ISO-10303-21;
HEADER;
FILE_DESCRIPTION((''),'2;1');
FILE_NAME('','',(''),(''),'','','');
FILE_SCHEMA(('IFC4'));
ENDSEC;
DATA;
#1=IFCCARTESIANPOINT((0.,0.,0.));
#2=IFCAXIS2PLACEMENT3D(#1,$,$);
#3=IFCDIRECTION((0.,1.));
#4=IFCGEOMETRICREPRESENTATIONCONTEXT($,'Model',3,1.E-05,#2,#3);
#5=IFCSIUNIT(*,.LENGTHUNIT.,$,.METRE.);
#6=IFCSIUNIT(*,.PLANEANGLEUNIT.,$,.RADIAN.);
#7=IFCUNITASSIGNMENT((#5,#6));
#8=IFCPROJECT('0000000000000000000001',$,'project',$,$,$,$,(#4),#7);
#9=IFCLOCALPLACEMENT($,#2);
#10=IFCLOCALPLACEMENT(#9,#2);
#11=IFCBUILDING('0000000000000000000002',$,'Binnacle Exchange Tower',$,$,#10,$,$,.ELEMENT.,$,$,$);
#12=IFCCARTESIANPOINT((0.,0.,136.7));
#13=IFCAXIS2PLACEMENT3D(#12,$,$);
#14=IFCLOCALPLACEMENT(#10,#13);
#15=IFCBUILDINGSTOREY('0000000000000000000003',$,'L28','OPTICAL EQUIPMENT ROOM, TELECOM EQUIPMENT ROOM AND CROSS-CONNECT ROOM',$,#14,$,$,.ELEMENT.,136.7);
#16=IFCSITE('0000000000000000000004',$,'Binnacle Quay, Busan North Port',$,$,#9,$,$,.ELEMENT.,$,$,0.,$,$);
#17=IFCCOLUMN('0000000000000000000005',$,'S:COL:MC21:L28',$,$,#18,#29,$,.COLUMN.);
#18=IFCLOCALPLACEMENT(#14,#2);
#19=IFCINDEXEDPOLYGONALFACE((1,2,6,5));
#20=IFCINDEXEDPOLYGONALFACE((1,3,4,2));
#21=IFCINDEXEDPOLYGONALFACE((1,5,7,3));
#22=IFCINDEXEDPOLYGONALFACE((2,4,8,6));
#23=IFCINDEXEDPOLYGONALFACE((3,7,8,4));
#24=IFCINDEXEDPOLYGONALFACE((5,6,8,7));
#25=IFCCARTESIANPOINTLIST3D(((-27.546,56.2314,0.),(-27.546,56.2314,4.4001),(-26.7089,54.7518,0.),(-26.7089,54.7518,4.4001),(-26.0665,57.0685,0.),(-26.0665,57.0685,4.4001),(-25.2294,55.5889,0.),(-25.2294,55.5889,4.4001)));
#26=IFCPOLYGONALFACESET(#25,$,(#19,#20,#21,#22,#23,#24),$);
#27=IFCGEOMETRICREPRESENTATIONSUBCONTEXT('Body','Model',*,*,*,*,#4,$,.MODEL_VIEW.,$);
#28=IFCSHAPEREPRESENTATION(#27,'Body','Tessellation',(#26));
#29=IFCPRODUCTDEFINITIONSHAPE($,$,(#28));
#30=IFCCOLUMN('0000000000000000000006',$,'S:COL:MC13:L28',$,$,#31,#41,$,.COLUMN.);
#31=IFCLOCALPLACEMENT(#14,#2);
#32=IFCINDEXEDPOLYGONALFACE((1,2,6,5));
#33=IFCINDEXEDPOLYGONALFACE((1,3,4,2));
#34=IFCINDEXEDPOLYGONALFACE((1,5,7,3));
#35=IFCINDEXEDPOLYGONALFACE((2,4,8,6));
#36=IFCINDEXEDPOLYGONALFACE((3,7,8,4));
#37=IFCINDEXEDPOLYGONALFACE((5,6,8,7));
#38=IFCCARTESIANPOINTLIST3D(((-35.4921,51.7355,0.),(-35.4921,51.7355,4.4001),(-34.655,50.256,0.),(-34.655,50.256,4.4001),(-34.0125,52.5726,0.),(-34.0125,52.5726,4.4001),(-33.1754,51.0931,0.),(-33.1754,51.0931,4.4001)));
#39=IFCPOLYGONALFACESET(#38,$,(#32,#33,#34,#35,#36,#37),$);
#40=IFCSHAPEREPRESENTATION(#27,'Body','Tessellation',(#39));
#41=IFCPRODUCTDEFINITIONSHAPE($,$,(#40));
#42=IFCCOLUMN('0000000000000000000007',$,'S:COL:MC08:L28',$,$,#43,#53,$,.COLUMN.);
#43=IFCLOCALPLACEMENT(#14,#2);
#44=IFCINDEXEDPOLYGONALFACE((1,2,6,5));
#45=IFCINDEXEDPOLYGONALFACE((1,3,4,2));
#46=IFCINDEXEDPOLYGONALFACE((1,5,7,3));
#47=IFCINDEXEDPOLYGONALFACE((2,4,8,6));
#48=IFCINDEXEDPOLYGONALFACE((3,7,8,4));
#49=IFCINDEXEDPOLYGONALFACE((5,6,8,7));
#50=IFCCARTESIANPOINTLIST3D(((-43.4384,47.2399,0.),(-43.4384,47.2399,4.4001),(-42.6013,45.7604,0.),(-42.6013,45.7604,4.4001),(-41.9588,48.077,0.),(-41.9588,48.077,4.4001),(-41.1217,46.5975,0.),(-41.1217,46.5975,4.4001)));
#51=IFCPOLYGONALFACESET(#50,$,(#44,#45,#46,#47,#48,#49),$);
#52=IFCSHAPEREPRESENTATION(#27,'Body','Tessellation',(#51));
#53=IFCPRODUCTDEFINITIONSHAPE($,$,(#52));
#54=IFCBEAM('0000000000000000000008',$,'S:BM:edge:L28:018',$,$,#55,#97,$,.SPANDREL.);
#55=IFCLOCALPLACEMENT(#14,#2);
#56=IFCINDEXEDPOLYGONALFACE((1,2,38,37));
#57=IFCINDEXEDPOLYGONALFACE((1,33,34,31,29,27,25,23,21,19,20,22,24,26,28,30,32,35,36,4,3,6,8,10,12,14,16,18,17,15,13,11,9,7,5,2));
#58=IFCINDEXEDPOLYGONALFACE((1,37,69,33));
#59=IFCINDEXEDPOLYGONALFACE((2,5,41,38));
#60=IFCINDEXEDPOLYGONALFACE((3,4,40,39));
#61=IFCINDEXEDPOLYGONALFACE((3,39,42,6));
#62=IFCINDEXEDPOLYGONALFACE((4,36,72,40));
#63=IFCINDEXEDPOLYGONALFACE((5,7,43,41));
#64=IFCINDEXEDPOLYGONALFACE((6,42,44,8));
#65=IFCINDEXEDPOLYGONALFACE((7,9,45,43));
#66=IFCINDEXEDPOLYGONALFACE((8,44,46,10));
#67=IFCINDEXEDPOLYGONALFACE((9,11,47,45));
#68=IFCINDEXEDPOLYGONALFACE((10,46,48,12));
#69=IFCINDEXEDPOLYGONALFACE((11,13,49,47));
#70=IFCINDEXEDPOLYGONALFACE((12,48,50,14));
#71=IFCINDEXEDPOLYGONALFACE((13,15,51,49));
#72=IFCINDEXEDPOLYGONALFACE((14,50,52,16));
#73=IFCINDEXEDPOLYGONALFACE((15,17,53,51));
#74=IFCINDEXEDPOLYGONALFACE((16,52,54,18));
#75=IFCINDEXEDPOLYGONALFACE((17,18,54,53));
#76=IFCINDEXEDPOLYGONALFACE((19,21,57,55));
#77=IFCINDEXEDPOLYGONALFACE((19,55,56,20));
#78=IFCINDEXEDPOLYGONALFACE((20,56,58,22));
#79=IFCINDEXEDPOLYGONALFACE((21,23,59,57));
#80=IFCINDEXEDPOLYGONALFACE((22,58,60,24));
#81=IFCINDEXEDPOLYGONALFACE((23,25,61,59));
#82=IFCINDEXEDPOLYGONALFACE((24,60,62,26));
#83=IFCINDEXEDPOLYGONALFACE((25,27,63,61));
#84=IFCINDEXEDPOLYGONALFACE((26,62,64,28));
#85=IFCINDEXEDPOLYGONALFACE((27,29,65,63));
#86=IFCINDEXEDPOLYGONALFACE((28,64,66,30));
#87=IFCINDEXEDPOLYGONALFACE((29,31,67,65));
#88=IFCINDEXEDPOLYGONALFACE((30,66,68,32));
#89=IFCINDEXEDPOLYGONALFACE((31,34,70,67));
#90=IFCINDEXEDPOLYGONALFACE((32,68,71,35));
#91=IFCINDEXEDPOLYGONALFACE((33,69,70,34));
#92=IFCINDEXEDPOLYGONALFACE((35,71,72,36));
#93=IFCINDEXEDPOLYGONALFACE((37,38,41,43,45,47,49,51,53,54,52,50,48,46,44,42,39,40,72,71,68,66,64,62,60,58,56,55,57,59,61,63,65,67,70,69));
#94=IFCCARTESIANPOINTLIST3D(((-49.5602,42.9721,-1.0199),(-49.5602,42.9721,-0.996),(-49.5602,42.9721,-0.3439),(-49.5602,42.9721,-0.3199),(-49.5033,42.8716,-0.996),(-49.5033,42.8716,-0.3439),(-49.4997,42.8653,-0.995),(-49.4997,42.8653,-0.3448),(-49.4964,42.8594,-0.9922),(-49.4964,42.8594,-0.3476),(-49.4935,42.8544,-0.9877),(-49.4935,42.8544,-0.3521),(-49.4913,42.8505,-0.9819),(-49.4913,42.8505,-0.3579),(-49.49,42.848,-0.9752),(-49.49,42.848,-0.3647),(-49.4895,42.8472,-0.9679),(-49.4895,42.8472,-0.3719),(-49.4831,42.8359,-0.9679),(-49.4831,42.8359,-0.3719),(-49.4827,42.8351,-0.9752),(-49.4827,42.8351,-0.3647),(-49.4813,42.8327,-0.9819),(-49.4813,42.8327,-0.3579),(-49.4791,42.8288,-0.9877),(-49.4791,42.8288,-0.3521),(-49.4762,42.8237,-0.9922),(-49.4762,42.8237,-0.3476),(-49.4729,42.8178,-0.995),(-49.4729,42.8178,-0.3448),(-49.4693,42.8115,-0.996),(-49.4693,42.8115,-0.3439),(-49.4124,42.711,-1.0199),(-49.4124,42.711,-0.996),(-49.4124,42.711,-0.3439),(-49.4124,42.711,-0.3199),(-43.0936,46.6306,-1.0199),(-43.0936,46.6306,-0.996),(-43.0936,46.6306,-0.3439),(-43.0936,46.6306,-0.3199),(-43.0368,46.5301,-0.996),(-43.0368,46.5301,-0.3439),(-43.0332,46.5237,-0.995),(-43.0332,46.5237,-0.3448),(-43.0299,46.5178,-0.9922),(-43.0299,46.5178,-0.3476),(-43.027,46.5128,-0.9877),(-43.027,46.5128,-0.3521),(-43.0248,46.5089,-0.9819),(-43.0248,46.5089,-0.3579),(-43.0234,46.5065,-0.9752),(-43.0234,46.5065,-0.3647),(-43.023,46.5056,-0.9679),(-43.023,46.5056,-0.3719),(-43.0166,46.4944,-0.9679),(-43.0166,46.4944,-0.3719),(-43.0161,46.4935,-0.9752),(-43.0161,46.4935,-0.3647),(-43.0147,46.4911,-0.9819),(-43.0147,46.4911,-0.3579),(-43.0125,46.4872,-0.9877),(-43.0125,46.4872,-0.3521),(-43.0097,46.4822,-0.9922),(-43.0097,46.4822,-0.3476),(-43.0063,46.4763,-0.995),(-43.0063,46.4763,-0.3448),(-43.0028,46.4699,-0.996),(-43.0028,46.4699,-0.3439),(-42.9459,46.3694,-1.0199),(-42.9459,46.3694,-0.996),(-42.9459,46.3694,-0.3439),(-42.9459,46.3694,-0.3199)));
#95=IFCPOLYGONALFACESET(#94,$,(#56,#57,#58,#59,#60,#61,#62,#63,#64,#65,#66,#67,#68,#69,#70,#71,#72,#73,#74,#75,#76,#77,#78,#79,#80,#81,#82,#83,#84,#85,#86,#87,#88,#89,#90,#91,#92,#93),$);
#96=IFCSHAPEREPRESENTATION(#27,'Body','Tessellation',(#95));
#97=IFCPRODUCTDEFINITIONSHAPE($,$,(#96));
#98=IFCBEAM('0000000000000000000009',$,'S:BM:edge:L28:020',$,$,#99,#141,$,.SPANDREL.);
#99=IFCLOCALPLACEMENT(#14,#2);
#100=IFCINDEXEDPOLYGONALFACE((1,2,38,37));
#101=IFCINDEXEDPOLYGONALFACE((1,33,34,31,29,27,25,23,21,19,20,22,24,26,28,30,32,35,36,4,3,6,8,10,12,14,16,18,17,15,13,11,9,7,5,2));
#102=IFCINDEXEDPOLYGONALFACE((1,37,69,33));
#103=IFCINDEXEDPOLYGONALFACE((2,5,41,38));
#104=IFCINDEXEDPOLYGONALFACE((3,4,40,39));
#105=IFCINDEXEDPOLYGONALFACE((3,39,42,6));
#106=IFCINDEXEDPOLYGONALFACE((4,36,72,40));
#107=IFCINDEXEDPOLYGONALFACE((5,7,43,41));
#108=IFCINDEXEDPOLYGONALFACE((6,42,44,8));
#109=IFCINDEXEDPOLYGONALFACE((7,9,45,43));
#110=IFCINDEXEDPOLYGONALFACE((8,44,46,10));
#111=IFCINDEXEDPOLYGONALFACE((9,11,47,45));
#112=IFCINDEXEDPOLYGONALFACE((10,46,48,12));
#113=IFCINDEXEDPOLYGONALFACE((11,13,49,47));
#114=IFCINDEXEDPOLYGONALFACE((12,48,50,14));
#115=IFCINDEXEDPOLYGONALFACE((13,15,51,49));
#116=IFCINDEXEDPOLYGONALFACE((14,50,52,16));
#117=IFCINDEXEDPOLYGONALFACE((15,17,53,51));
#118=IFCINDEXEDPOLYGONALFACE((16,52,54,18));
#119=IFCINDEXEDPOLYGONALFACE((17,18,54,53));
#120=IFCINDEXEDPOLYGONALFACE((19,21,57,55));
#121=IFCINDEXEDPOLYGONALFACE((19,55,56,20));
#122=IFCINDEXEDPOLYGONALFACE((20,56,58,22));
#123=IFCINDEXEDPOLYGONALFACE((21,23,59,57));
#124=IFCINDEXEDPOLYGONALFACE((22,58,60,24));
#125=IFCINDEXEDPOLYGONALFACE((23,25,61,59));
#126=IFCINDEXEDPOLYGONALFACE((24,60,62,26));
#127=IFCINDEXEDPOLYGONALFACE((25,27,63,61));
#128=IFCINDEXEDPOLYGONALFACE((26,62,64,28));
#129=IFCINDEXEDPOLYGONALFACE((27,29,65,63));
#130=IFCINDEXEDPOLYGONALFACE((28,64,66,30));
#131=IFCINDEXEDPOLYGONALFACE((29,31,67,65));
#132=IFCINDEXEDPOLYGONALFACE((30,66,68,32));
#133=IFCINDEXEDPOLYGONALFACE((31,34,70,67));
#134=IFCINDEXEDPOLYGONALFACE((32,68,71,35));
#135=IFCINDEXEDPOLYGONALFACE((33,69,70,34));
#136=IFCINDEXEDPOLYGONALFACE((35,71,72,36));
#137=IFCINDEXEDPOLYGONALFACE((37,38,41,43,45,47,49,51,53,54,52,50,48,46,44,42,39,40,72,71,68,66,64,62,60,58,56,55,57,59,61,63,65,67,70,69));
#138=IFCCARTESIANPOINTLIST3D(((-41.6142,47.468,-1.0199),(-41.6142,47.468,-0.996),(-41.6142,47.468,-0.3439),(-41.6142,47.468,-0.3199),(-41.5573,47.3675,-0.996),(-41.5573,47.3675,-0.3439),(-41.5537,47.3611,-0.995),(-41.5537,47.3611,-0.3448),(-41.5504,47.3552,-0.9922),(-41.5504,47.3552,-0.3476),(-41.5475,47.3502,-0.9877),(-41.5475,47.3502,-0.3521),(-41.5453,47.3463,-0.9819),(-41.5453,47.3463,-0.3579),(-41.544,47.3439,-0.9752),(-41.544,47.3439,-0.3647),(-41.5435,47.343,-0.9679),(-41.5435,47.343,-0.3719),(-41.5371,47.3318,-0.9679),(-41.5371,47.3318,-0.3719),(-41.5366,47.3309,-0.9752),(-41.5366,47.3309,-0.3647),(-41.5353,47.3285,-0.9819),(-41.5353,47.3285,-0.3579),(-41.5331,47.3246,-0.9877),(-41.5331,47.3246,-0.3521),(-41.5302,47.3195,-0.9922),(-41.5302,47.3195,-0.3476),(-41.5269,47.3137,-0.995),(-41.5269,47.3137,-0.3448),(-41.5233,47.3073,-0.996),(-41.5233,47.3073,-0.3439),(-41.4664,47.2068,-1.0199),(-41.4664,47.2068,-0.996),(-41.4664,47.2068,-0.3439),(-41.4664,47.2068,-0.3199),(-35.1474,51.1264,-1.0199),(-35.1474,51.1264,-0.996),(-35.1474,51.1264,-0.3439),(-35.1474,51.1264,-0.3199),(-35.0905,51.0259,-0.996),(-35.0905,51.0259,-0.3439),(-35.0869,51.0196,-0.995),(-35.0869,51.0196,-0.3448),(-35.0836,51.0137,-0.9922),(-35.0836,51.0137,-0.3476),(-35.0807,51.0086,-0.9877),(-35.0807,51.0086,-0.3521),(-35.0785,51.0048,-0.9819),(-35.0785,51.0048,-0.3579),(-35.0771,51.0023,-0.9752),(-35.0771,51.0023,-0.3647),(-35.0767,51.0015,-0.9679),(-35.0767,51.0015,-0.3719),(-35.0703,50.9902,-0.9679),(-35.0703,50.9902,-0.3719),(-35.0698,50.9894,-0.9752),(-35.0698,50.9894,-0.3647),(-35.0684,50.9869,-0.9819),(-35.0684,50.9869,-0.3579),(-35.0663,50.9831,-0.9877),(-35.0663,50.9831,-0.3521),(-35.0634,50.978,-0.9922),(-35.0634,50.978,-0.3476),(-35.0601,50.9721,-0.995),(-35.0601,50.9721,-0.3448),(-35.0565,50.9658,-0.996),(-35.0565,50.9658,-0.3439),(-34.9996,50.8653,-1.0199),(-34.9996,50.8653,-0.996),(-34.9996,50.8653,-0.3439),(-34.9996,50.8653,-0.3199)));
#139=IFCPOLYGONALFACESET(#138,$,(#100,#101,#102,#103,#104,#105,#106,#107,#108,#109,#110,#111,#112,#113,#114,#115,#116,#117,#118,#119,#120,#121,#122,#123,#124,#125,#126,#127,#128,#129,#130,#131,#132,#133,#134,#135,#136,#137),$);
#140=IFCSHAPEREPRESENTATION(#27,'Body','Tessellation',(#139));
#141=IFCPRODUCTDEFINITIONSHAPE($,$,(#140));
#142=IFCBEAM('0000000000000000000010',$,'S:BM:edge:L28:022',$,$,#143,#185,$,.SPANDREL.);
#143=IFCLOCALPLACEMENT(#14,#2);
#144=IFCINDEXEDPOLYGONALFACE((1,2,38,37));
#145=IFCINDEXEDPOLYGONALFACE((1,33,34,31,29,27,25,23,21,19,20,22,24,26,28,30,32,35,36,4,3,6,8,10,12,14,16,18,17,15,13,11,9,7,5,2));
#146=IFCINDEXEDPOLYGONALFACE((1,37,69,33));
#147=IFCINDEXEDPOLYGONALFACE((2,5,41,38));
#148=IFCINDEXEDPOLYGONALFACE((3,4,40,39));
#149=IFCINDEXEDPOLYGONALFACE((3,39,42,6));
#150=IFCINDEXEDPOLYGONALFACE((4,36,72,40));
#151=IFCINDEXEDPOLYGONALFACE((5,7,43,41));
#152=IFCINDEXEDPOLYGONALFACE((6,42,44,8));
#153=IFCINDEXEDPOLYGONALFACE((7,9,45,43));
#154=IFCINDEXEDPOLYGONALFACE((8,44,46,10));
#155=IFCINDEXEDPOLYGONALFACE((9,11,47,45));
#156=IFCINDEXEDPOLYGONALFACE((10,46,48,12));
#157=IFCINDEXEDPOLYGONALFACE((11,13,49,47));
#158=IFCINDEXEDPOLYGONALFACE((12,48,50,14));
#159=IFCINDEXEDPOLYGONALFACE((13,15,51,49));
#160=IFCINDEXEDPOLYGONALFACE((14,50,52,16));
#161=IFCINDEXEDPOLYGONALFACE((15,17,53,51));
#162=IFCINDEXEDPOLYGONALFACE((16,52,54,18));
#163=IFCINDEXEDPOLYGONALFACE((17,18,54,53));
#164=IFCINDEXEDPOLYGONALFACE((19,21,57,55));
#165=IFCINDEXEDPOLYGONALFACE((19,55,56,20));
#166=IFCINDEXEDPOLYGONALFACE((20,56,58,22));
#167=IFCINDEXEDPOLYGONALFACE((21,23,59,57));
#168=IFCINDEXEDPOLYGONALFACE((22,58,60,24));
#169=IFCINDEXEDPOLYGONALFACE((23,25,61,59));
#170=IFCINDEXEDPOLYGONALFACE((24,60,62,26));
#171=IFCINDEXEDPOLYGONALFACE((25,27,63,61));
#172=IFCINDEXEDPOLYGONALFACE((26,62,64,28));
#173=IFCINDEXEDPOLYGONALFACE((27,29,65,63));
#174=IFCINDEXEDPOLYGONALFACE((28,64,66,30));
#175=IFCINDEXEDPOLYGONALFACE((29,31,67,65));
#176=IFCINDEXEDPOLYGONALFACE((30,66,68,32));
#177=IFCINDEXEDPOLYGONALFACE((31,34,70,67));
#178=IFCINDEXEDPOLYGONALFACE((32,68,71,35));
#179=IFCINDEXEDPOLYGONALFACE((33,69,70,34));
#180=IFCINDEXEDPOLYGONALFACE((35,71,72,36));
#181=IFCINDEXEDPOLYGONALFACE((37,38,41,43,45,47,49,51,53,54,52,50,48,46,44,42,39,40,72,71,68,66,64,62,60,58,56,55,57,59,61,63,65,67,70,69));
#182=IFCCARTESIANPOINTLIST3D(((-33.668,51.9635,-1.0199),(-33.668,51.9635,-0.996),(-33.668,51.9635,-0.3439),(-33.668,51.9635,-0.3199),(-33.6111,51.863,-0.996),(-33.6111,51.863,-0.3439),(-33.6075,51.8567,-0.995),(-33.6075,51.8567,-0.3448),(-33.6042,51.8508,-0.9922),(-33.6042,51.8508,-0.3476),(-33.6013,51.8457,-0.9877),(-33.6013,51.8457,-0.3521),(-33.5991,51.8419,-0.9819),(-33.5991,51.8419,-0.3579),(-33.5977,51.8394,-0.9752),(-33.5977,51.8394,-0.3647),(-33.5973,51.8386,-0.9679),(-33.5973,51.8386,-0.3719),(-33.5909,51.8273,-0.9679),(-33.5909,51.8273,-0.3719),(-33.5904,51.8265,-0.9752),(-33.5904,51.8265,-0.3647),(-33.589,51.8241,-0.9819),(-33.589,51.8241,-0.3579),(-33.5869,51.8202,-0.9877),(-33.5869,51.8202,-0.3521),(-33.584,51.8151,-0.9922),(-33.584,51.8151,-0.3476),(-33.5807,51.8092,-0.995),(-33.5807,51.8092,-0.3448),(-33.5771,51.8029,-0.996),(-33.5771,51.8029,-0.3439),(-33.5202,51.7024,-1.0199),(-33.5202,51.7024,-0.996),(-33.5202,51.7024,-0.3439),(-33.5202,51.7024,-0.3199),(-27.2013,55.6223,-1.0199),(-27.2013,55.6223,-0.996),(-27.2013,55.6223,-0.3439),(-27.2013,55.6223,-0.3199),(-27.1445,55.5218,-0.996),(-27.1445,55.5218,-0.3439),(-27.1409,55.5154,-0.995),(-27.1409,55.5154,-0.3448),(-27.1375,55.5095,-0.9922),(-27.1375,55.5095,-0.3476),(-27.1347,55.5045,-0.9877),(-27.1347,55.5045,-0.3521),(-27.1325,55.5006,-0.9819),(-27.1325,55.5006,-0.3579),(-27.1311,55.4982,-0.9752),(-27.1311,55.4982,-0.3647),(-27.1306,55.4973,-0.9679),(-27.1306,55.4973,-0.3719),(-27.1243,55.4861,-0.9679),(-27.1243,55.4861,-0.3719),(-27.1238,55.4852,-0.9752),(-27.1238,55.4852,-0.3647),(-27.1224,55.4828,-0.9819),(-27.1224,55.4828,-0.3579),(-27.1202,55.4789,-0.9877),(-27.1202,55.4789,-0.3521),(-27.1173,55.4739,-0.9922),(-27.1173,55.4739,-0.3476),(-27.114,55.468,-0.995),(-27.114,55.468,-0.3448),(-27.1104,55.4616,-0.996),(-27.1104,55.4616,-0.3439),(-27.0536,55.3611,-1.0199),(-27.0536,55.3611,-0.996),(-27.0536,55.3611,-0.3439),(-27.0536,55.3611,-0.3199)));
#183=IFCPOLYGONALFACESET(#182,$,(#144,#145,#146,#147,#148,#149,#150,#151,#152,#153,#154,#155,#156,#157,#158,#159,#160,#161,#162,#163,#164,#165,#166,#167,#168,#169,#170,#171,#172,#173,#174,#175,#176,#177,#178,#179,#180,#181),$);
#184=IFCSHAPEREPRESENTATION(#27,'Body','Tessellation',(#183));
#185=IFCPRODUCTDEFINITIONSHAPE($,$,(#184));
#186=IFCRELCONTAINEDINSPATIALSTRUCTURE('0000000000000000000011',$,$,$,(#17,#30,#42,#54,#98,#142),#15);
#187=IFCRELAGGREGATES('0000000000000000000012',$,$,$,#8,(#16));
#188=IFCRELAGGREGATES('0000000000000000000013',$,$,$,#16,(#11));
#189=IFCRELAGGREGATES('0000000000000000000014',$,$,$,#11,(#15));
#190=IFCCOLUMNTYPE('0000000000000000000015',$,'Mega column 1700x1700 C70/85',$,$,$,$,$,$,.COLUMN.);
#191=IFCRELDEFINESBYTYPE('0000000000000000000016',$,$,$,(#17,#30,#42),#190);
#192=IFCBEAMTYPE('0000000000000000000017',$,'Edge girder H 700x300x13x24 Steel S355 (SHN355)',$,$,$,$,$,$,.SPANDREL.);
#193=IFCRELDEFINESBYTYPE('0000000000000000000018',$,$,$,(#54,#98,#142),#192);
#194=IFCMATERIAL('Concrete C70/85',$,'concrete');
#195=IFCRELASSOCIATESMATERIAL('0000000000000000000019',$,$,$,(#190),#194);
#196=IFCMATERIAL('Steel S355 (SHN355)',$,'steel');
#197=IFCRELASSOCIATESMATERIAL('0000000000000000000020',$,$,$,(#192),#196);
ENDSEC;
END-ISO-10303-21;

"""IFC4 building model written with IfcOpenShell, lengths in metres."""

from ifc_helpers import new_model, si_unit, direction, frame, origin, origin_2d, place, context, subcontext, project, spatial, rectangle, i_section, extrude, material, material_profile, profile_set, type_object, element, save


model = new_model("IFC4")

# Units and contexts
model_context = context("Model", 3, precision=1e-05, world=origin(), true_north=direction((0.0, 1.0)))
body_context = subcontext(model_context, "Body", "Model", "MODEL_VIEW")
ifc_project = project(units=[si_unit("LENGTHUNIT", "METRE"), si_unit("PLANEANGLEUNIT", "RADIAN")], contexts=[model_context])

# Site, building, storey
site_placement = place(None, origin())
site = spatial("IfcSite", under=ifc_project, at=site_placement, Name="Binnacle Quay, Busan North Port", CompositionType="ELEMENT", RefElevation=0.0)
building_placement = place(site_placement, origin())
building = spatial("IfcBuilding", under=site, at=building_placement, Name="Binnacle Exchange Tower", CompositionType="ELEMENT")
storey_placement = place(building_placement, frame((0.0, 0.0, 136.7)))
storey = spatial("IfcBuildingStorey", under=building, at=storey_placement, Name="L28", Description="OPTICAL EQUIPMENT ROOM, TELECOM EQUIPMENT ROOM AND CROSS-CONNECT ROOM", CompositionType="ELEMENT", Elevation=136.7)

# Columns
ifc_material_1 = material(Name="Concrete C70/85", Category="concrete")
ifc_material_profile_1 = material_profile(ifc_material_1, rectangle(XDim=1.7, YDim=1.7, at=origin_2d()), Name="Mega column 1700x1700 C70/85")
ifc_profile_set_1 = profile_set([ifc_material_profile_1], Name="Concrete C70/85")
column_type = type_object("IfcColumnType", Name="Mega column 1700x1700 C70/85", PredefinedType="COLUMN", material=ifc_profile_set_1)
for number, where, z_axis, x_axis, name in (
    (1, (-26.3877, 55.9102, 0.0), (0.0, 0.0, 1.0), (-0.870356, -0.492424, 0.0), "S:COL:MC21:L28"),
    (2, (-34.3337, 51.4143, 0.0), (0.0, 0.0, 1.0), (-0.870356, -0.492424, 0.0), "S:COL:MC13:L28"),
    (3, (-42.28, 46.9187, 0.0), (0.0, 0.0, 1.0), (-0.870356, -0.492424, 0.0), "S:COL:MC08:L28"),
):
    element("IfcColumn", number, at=place(storey_placement, frame(where, z_axis=z_axis, x_axis=x_axis)), inside=storey, type_object=column_type, Name=name, PredefinedType="COLUMN", context=body_context, shape_type="SweptSolid", body=[
        extrude(rectangle(XDim=1.7, YDim=1.7, at=origin_2d()), origin(), (0.0, 0.0, 1.0), 4.4001),
    ])

# Beams
ifc_material_2 = material(Name="Steel S355 (SHN355)", Category="steel")
ifc_material_profile_2 = material_profile(ifc_material_2, i_section(OverallWidth=0.3, OverallDepth=0.7, WebThickness=0.0129, FlangeThickness=0.0239, FilletRadius=0.0281, at=origin_2d()), Name="H 700x300x13x24")
ifc_profile_set_2 = profile_set([ifc_material_profile_2], Name="Steel S355 (SHN355)")
beam_type_1 = type_object("IfcBeamType", Name="Edge girder H 700x300x13x24 Steel S355 (SHN355)", PredefinedType="SPANDREL", material=ifc_profile_set_2)
beam_1_placement = place(storey_placement, frame((-43.0198, 46.5, -0.6699), z_axis=(-0.870364, -0.492408, 0.0), x_axis=(0.492408, -0.870364, 0.0)))
element("IfcBeam", 4, at=beam_1_placement, inside=storey, type_object=beam_type_1, Name="S:BM:edge:L28:018", PredefinedType="SPANDREL", context=body_context, shape_type="SweptSolid", body=[
    extrude(i_section(OverallWidth=0.3, OverallDepth=0.7, WebThickness=0.0129, FlangeThickness=0.0239, FilletRadius=0.0281, at=origin_2d()), origin(), (0.0, 0.0, 1.0), 7.4297),
])
for number, where, z_axis, x_axis, name in (
    (5, (-35.0735, 50.9958, -0.6699), (-0.870372, -0.492394, 0.0), (0.492394, -0.870372, 0.0), "S:BM:edge:L28:020"),
    (6, (-27.1274, 55.4917, -0.6699), (-0.87035, -0.492433, 0.0), (0.492433, -0.87035, 0.0), "S:BM:edge:L28:022"),
):
    element("IfcBeam", number, at=place(storey_placement, frame(where, z_axis=z_axis, x_axis=x_axis)), inside=storey, type_object=beam_type_1, Name=name, PredefinedType="SPANDREL", context=body_context, shape_type="SweptSolid", body=[
        extrude(i_section(OverallWidth=0.3, OverallDepth=0.7, WebThickness=0.0129, FlangeThickness=0.0239, FilletRadius=0.0281, at=origin_2d()), origin(), (0.0, 0.0, 1.0), 7.4299),
    ])

save(model, "model.ifc")
